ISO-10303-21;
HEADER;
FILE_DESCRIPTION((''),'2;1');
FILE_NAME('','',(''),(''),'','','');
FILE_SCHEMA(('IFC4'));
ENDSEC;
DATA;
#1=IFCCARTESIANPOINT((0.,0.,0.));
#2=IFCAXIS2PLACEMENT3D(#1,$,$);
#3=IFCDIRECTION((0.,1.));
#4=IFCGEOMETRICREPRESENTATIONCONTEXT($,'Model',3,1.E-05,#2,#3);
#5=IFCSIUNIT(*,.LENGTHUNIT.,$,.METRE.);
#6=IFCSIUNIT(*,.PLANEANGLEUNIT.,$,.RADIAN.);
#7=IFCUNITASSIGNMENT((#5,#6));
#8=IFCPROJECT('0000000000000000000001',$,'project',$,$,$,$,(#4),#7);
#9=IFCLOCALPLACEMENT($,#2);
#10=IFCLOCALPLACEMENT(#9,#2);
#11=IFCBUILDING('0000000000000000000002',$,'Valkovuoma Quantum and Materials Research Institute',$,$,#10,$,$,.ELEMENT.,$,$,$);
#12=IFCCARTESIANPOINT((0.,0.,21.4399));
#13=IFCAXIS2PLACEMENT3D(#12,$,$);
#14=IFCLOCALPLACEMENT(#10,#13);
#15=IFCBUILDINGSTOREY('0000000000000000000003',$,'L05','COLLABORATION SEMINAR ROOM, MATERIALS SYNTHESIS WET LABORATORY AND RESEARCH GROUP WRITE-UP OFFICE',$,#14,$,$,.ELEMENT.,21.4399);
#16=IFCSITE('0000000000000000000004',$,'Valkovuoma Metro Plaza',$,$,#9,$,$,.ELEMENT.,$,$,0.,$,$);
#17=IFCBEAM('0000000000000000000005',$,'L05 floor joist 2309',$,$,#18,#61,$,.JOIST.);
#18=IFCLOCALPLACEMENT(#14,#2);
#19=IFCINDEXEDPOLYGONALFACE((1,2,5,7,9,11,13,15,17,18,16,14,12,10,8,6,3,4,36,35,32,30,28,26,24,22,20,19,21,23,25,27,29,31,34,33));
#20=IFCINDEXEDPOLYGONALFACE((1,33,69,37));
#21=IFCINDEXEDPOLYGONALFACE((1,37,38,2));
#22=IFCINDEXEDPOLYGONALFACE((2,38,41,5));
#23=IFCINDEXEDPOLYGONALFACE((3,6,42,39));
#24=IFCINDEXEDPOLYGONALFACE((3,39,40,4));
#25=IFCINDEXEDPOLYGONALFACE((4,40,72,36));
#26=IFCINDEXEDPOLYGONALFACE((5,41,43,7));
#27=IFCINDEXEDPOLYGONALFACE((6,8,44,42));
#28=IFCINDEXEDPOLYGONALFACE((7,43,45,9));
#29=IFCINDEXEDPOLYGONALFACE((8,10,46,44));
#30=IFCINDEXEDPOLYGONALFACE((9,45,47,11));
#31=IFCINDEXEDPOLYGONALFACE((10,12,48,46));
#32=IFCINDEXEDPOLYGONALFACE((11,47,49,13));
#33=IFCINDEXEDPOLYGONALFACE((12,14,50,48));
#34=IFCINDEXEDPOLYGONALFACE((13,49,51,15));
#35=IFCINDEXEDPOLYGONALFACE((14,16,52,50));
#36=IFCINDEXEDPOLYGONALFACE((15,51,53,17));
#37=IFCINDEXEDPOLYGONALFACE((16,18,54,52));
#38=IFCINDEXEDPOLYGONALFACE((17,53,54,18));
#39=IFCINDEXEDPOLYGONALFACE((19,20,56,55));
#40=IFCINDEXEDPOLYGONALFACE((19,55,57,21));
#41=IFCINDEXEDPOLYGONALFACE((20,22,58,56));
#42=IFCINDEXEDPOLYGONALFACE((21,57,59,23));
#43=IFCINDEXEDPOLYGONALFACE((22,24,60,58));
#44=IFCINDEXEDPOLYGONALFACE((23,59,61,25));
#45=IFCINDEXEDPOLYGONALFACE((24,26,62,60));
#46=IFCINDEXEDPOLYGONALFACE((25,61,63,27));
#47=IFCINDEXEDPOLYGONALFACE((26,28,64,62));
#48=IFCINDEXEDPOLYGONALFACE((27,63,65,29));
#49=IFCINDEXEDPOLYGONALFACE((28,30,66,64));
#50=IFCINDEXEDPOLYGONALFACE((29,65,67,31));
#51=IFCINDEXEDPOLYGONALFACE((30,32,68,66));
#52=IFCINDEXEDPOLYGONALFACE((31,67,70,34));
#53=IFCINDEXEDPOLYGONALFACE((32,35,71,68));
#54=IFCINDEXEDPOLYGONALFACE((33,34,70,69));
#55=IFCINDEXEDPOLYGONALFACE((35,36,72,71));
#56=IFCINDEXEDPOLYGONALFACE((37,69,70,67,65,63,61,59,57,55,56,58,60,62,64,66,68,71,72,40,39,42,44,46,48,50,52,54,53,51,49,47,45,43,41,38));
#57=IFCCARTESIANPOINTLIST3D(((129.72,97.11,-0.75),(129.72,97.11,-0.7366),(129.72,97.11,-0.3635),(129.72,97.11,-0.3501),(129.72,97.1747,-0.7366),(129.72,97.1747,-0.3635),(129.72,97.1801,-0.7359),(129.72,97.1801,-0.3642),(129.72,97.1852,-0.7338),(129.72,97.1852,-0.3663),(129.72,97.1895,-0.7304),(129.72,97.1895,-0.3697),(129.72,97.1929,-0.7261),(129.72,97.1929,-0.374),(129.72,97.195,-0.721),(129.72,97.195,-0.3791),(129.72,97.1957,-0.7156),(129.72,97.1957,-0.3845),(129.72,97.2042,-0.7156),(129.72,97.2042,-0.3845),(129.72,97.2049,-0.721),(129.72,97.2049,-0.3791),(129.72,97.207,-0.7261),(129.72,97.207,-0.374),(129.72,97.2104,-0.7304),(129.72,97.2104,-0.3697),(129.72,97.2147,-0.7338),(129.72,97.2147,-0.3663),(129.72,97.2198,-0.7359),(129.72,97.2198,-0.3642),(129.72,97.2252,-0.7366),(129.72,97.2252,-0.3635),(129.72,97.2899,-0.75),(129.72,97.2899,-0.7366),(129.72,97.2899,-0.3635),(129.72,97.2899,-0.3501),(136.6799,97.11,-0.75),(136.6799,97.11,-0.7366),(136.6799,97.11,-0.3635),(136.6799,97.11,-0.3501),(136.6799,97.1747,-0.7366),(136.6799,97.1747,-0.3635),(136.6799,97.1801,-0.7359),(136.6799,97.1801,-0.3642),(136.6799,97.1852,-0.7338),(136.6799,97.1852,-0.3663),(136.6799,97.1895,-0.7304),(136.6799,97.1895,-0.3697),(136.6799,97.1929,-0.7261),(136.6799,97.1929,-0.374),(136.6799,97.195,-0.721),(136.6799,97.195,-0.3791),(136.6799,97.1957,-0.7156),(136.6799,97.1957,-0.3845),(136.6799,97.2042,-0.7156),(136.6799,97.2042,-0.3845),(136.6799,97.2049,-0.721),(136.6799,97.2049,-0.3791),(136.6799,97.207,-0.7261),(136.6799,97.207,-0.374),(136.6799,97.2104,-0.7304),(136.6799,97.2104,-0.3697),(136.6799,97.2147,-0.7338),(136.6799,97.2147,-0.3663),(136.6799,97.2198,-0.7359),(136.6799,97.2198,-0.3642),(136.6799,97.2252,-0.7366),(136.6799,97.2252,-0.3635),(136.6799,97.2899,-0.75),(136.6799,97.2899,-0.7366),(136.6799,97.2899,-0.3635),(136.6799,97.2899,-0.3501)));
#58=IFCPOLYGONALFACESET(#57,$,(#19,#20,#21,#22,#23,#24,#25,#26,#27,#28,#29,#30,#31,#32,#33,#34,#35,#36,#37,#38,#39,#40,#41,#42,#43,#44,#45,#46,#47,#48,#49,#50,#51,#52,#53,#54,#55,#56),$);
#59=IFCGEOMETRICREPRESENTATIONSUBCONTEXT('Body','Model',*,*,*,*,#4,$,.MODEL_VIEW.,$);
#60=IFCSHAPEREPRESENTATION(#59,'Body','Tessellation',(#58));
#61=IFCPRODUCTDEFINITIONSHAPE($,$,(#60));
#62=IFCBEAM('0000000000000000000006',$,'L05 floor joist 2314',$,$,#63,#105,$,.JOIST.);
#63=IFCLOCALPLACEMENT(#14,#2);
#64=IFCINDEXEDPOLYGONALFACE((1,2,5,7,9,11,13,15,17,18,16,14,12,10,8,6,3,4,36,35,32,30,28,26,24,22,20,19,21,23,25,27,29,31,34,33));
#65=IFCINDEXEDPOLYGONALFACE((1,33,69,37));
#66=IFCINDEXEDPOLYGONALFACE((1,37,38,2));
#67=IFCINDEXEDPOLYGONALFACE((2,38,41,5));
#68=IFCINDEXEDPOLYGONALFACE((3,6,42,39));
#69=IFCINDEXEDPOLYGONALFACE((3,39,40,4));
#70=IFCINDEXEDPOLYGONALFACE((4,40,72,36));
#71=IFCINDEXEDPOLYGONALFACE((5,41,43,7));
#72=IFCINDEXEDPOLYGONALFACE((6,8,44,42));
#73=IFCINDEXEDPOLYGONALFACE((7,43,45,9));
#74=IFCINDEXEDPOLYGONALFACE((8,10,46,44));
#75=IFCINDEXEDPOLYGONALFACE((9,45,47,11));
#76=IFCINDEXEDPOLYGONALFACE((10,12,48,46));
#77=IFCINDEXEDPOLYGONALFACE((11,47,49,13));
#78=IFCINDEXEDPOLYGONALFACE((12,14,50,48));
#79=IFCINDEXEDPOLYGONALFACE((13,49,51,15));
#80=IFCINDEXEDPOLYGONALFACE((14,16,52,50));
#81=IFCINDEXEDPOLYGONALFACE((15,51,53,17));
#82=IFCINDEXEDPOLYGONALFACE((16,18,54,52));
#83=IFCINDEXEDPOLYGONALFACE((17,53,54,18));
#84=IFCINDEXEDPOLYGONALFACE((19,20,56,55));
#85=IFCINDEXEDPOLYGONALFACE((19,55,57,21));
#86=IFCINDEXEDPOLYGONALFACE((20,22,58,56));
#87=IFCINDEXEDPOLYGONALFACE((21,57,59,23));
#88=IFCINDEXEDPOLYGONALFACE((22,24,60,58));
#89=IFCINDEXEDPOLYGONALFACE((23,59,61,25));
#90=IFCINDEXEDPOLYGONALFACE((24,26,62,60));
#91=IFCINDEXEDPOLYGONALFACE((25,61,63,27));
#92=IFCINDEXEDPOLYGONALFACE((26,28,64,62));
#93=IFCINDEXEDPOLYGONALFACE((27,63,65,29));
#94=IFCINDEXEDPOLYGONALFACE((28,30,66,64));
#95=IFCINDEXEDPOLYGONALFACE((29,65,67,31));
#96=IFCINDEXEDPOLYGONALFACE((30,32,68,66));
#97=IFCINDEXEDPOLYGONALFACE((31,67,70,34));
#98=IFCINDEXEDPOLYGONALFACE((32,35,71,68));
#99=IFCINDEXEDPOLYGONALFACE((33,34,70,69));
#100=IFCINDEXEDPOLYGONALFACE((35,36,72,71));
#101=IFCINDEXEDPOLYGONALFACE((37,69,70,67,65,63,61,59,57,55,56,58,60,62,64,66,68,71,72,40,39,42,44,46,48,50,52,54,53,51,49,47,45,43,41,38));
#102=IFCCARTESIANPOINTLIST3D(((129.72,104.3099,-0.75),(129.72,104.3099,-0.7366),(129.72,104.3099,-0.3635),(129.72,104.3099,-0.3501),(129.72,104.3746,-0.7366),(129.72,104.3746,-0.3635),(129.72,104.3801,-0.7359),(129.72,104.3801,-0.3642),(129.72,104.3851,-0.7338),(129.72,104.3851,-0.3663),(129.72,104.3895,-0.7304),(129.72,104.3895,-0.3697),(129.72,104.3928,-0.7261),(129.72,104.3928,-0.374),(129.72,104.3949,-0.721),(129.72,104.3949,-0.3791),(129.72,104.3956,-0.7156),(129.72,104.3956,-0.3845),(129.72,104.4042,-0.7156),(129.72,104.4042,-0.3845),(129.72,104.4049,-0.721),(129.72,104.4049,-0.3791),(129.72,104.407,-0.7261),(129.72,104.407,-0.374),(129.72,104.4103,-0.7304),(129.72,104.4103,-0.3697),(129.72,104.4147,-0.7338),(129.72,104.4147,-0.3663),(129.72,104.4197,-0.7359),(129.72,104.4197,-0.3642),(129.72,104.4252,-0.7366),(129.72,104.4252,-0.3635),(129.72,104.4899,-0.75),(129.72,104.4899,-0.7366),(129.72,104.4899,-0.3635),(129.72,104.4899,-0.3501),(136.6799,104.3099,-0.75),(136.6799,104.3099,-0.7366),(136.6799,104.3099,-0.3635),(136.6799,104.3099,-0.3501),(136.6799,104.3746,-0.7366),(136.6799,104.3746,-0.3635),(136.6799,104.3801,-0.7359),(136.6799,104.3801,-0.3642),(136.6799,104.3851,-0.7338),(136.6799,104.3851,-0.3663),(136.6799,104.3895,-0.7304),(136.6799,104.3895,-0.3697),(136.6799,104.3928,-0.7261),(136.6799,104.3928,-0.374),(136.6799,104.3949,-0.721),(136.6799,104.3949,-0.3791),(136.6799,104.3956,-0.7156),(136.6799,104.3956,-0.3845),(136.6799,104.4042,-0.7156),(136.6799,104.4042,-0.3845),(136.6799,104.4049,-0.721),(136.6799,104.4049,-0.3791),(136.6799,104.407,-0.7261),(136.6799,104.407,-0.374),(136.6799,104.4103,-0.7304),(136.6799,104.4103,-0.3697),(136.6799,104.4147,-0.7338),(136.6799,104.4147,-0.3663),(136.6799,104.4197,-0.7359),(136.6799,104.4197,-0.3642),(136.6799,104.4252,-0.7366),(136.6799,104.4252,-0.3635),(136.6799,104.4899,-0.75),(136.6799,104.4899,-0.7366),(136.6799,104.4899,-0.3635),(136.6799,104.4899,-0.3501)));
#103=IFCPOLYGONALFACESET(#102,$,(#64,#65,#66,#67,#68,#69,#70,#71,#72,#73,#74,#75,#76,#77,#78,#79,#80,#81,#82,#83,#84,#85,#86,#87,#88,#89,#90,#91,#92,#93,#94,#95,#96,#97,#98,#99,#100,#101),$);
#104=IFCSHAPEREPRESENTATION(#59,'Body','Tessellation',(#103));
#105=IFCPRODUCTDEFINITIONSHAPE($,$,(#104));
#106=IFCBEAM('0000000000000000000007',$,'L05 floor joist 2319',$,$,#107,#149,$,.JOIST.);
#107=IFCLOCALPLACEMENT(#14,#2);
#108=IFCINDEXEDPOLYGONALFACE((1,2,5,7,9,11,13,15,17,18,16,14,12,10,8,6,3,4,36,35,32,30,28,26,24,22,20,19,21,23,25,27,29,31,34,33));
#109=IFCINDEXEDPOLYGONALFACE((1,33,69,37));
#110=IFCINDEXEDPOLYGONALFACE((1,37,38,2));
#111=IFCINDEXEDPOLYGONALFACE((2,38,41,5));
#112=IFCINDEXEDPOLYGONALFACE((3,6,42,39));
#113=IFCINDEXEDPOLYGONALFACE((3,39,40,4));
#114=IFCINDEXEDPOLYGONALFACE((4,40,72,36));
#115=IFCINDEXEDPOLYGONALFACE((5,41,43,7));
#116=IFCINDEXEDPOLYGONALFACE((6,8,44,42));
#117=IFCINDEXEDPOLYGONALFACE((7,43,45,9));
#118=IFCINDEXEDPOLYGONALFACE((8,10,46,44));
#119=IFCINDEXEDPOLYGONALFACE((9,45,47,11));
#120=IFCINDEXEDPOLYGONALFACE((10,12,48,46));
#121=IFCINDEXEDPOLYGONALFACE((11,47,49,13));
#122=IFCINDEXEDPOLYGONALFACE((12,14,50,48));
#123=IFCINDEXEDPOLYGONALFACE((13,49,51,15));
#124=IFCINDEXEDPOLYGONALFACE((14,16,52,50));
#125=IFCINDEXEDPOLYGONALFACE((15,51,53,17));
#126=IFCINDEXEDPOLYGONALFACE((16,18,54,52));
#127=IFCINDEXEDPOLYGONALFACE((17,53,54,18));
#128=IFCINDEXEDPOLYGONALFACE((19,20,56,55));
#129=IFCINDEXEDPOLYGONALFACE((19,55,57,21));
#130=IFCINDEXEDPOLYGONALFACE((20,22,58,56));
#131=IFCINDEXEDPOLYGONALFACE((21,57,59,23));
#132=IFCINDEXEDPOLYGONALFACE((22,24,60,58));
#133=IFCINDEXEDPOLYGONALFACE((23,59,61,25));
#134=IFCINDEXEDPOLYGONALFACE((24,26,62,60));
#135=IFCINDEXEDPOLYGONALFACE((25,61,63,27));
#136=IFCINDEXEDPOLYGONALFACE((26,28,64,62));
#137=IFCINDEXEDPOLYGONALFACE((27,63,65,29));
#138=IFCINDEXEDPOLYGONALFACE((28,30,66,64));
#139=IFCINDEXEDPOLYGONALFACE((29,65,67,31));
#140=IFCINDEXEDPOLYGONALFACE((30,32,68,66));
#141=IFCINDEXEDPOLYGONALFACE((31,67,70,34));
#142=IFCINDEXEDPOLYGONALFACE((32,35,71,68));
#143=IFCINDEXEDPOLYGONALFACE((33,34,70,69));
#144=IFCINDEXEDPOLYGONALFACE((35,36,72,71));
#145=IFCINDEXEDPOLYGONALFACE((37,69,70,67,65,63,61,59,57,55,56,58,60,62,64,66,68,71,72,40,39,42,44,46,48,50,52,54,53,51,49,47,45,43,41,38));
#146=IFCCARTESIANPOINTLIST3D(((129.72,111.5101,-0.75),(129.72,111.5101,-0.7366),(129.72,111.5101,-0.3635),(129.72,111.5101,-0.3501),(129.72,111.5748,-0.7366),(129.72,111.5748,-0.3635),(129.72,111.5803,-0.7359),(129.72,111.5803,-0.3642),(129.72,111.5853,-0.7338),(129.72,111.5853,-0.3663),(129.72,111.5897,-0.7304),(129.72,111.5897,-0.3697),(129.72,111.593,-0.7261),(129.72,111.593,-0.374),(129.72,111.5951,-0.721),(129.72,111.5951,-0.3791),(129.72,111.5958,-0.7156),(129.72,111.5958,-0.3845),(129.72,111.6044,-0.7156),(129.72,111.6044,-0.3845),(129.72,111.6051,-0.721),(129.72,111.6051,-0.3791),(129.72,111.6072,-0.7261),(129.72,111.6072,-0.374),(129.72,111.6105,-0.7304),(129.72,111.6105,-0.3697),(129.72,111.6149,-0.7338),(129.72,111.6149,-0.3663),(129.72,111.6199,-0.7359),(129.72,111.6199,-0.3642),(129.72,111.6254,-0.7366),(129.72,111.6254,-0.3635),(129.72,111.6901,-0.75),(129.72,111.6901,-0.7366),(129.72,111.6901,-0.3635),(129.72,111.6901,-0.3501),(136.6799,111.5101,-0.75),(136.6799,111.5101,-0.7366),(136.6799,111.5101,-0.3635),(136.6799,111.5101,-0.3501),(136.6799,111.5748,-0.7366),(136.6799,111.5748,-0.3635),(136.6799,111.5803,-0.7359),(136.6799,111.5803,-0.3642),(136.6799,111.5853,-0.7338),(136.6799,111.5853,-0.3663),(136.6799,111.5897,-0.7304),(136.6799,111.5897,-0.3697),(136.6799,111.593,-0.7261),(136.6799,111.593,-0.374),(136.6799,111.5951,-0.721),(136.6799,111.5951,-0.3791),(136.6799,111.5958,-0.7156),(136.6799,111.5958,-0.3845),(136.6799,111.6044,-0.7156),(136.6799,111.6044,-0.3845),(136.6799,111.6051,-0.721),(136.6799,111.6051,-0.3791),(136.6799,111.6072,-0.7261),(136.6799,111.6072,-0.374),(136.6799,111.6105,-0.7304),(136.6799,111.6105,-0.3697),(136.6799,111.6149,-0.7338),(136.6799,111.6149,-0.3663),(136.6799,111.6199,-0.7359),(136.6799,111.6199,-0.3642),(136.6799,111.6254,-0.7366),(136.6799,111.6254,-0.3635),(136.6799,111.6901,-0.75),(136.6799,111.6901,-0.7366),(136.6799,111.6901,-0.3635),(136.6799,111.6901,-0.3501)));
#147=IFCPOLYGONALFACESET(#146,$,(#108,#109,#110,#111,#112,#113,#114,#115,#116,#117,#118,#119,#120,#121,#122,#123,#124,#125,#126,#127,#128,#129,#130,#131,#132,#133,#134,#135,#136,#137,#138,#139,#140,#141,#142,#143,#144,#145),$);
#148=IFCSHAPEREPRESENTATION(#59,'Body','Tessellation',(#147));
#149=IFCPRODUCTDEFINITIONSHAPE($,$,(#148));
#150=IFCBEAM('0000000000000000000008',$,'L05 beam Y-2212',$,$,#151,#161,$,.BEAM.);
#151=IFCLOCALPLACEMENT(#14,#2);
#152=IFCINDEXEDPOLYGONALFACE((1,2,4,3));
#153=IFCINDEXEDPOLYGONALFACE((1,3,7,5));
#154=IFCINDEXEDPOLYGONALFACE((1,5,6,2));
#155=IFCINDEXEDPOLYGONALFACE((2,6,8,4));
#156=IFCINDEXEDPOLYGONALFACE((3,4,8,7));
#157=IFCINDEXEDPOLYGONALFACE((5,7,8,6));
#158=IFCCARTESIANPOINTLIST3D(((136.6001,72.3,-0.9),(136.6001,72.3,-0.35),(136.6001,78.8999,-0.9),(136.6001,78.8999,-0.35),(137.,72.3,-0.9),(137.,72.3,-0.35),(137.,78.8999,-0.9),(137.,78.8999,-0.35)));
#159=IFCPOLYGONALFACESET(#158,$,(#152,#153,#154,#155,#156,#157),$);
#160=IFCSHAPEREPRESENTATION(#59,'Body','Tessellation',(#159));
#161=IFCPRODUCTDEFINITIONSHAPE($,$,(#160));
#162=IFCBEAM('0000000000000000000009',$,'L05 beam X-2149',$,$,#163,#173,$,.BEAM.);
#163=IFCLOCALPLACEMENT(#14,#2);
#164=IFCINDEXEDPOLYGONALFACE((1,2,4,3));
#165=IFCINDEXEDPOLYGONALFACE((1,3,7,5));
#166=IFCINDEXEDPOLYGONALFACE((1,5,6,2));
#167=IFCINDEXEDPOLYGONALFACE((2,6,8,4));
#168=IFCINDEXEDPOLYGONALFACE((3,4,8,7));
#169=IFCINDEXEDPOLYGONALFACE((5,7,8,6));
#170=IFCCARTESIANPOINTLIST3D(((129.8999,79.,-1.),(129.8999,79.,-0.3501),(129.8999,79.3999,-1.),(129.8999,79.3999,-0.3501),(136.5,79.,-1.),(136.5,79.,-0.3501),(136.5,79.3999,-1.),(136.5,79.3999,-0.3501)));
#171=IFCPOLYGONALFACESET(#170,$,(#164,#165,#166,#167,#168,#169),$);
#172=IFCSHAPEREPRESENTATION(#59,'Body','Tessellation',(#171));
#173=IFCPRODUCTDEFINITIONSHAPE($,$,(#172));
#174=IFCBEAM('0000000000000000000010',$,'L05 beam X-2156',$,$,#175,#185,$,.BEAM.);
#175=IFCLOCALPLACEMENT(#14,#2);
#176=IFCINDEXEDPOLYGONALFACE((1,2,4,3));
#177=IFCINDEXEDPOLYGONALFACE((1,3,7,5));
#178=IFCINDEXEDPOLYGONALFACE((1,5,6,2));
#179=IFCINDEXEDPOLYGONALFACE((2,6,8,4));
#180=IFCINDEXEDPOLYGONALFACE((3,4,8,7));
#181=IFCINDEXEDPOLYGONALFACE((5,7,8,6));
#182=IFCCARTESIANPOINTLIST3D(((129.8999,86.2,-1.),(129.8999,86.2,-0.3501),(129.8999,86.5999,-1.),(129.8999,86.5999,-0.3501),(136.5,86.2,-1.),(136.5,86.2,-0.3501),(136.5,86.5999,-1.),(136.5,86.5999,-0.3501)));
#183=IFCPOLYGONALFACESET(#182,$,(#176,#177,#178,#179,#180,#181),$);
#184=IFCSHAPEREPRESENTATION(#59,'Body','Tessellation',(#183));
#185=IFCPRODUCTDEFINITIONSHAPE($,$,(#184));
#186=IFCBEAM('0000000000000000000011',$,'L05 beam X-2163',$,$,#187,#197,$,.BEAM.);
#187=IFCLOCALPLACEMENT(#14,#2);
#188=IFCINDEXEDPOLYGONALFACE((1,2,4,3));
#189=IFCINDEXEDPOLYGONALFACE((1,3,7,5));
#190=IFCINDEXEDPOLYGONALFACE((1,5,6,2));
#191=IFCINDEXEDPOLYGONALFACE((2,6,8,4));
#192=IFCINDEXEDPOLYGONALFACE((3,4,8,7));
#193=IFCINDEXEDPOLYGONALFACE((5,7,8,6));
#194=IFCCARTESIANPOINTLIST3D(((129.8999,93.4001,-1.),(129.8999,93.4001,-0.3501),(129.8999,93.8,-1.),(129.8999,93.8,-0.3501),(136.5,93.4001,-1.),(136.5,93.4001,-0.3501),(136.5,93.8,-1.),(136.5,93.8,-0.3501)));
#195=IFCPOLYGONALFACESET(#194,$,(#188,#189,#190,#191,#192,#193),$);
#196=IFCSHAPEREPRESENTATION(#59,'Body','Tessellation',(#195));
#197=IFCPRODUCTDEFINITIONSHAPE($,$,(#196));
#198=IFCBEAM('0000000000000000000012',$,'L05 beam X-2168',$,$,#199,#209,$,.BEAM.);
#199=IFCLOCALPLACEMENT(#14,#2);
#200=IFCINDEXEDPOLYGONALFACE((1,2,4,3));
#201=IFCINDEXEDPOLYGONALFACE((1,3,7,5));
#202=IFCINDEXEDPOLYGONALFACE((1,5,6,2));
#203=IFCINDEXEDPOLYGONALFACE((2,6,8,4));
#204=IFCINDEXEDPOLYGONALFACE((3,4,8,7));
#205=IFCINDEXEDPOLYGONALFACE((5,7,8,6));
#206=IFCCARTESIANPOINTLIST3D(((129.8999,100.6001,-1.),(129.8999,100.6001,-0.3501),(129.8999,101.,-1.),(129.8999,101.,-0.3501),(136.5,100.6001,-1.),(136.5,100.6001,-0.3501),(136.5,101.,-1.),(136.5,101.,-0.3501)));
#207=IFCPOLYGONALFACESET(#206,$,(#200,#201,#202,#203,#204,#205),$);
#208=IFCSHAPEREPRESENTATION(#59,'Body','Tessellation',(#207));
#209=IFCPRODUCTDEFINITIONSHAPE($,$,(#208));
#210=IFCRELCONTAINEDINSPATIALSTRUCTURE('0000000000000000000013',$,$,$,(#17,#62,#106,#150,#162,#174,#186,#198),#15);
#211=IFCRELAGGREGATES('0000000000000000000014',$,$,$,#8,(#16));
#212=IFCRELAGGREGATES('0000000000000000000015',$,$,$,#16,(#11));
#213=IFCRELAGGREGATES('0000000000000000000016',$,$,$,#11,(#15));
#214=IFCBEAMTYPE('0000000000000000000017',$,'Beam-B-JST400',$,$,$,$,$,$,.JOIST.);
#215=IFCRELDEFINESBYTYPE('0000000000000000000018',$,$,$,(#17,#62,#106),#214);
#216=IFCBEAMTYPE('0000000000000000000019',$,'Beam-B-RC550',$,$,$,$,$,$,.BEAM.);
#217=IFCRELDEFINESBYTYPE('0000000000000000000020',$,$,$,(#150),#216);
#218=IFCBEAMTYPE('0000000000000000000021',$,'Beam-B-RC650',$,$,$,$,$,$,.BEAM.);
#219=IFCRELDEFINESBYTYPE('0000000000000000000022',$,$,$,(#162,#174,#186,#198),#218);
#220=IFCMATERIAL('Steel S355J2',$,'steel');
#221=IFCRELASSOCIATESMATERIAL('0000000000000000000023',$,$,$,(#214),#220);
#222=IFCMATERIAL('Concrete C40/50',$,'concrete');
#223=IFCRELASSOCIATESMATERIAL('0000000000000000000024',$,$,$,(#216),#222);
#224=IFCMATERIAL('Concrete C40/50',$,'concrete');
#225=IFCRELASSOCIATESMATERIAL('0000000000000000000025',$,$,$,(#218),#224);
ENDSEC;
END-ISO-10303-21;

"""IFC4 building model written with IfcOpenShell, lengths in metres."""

from ifc_helpers import new_model, si_unit, direction, frame, origin, origin_2d, place, context, subcontext, project, spatial, rectangle, i_section, extrude, material, material_profile, profile_set, type_object, element, save


model = new_model("IFC4")

# Units and contexts
model_context = context("Model", 3, precision=1e-05, world=origin(), true_north=direction((0.0, 1.0)))
body_context = subcontext(model_context, "Body", "Model", "MODEL_VIEW")
ifc_project = project(units=[si_unit("LENGTHUNIT", "METRE"), si_unit("PLANEANGLEUNIT", "RADIAN")], contexts=[model_context])

# Site, building, storey
site_placement = place(None, origin())
site = spatial("IfcSite", under=ifc_project, at=site_placement, Name="Valkovuoma Metro Plaza", CompositionType="ELEMENT", RefElevation=0.0)
building_placement = place(site_placement, origin())
building = spatial("IfcBuilding", under=site, at=building_placement, Name="Valkovuoma Quantum and Materials Research Institute", CompositionType="ELEMENT")
storey_placement = place(building_placement, frame((0.0, 0.0, 21.4399)))
storey = spatial("IfcBuildingStorey", under=building, at=storey_placement, Name="L05", Description="COLLABORATION SEMINAR ROOM, MATERIALS SYNTHESIS WET LABORATORY AND RESEARCH GROUP WRITE-UP OFFICE", CompositionType="ELEMENT", Elevation=21.4399)

# Beams
ifc_material_1 = material(Name="Steel S355J2", Category="steel")
ifc_material_profile_1 = material_profile(ifc_material_1, i_section(OverallWidth=0.1799, OverallDepth=0.3999, WebThickness=0.0085, FlangeThickness=0.0134, FilletRadius=0.021, at=origin_2d()), Name="Steel S355J2")
ifc_profile_set_1 = profile_set([ifc_material_profile_1], Name="Steel S355J2")
beam_type_1 = type_object("IfcBeamType", Name="Beam-B-JST400", PredefinedType="JOIST", material=ifc_profile_set_1)
for number, where, z_axis, x_axis, name in (
    (1, (129.72, 97.2, -0.55), (1.0, 0.0, 0.0), (0.0, 1.0, 0.0), "L05 floor joist 2309"),
    (2, (129.72, 104.3999, -0.55), (1.0, 0.0, 0.0), (0.0, 1.0, 0.0), "L05 floor joist 2314"),
    (3, (129.72, 111.6001, -0.55), (1.0, 0.0, 0.0), (0.0, 1.0, 0.0), "L05 floor joist 2319"),
):
    element("IfcBeam", number, at=place(storey_placement, frame(where, z_axis=z_axis, x_axis=x_axis)), inside=storey, type_object=beam_type_1, Name=name, PredefinedType="JOIST", context=body_context, shape_type="SweptSolid", body=[
        extrude(i_section(OverallWidth=0.1799, OverallDepth=0.3999, WebThickness=0.0085, FlangeThickness=0.0134, FilletRadius=0.021, at=origin_2d()), origin(), (0.0, 0.0, 1.0), 6.96),
    ])
ifc_material_2 = material(Name="Concrete C40/50", Category="concrete")
ifc_material_profile_2 = material_profile(ifc_material_2, rectangle(XDim=0.3999, YDim=0.55, at=origin_2d()), Name="Concrete C40/50")
ifc_profile_set_2 = profile_set([ifc_material_profile_2], Name="Concrete C40/50")
beam_type_2 = type_object("IfcBeamType", Name="Beam-B-RC550", PredefinedType="BEAM", material=ifc_profile_set_2)
beam_1_placement = place(storey_placement, frame((136.8, 72.3, -0.625), z_axis=(0.0, 1.0, 0.0), x_axis=(-1.0, 0.0, 0.0)))
element("IfcBeam", 4, at=beam_1_placement, inside=storey, type_object=beam_type_2, Name="L05 beam Y-2212", PredefinedType="BEAM", context=body_context, shape_type="SweptSolid", body=[
    extrude(rectangle(XDim=0.3999, YDim=0.55, at=origin_2d()), origin(), (0.0, 0.0, 1.0), 6.5999),
])
ifc_material_3 = material(Name="Concrete C40/50", Category="concrete")
ifc_material_profile_3 = material_profile(ifc_material_3, rectangle(XDim=0.3999, YDim=0.6499, at=origin_2d()), Name="Concrete C40/50")
ifc_profile_set_3 = profile_set([ifc_material_profile_3], Name="Concrete C40/50")
beam_type_3 = type_object("IfcBeamType", Name="Beam-B-RC650", PredefinedType="BEAM", material=ifc_profile_set_3)
for number, where, z_axis, x_axis, name in (
    (5, (129.8999, 79.2, -0.675), (1.0, 0.0, 0.0), (0.0, 1.0, 0.0), "L05 beam X-2149"),
    (6, (129.8999, 86.3999, -0.675), (1.0, 0.0, 0.0), (0.0, 1.0, 0.0), "L05 beam X-2156"),
    (7, (129.8999, 93.6001, -0.675), (1.0, 0.0, 0.0), (0.0, 1.0, 0.0), "L05 beam X-2163"),
    (8, (129.8999, 100.8, -0.675), (1.0, 0.0, 0.0), (0.0, 1.0, 0.0), "L05 beam X-2168"),
):
    element("IfcBeam", number, at=place(storey_placement, frame(where, z_axis=z_axis, x_axis=x_axis)), inside=storey, type_object=beam_type_3, Name=name, PredefinedType="BEAM", context=body_context, shape_type="SweptSolid", body=[
        extrude(rectangle(XDim=0.3999, YDim=0.6499, at=origin_2d()), origin(), (0.0, 0.0, 1.0), 6.6001),
    ])

save(model, "model.ifc")
